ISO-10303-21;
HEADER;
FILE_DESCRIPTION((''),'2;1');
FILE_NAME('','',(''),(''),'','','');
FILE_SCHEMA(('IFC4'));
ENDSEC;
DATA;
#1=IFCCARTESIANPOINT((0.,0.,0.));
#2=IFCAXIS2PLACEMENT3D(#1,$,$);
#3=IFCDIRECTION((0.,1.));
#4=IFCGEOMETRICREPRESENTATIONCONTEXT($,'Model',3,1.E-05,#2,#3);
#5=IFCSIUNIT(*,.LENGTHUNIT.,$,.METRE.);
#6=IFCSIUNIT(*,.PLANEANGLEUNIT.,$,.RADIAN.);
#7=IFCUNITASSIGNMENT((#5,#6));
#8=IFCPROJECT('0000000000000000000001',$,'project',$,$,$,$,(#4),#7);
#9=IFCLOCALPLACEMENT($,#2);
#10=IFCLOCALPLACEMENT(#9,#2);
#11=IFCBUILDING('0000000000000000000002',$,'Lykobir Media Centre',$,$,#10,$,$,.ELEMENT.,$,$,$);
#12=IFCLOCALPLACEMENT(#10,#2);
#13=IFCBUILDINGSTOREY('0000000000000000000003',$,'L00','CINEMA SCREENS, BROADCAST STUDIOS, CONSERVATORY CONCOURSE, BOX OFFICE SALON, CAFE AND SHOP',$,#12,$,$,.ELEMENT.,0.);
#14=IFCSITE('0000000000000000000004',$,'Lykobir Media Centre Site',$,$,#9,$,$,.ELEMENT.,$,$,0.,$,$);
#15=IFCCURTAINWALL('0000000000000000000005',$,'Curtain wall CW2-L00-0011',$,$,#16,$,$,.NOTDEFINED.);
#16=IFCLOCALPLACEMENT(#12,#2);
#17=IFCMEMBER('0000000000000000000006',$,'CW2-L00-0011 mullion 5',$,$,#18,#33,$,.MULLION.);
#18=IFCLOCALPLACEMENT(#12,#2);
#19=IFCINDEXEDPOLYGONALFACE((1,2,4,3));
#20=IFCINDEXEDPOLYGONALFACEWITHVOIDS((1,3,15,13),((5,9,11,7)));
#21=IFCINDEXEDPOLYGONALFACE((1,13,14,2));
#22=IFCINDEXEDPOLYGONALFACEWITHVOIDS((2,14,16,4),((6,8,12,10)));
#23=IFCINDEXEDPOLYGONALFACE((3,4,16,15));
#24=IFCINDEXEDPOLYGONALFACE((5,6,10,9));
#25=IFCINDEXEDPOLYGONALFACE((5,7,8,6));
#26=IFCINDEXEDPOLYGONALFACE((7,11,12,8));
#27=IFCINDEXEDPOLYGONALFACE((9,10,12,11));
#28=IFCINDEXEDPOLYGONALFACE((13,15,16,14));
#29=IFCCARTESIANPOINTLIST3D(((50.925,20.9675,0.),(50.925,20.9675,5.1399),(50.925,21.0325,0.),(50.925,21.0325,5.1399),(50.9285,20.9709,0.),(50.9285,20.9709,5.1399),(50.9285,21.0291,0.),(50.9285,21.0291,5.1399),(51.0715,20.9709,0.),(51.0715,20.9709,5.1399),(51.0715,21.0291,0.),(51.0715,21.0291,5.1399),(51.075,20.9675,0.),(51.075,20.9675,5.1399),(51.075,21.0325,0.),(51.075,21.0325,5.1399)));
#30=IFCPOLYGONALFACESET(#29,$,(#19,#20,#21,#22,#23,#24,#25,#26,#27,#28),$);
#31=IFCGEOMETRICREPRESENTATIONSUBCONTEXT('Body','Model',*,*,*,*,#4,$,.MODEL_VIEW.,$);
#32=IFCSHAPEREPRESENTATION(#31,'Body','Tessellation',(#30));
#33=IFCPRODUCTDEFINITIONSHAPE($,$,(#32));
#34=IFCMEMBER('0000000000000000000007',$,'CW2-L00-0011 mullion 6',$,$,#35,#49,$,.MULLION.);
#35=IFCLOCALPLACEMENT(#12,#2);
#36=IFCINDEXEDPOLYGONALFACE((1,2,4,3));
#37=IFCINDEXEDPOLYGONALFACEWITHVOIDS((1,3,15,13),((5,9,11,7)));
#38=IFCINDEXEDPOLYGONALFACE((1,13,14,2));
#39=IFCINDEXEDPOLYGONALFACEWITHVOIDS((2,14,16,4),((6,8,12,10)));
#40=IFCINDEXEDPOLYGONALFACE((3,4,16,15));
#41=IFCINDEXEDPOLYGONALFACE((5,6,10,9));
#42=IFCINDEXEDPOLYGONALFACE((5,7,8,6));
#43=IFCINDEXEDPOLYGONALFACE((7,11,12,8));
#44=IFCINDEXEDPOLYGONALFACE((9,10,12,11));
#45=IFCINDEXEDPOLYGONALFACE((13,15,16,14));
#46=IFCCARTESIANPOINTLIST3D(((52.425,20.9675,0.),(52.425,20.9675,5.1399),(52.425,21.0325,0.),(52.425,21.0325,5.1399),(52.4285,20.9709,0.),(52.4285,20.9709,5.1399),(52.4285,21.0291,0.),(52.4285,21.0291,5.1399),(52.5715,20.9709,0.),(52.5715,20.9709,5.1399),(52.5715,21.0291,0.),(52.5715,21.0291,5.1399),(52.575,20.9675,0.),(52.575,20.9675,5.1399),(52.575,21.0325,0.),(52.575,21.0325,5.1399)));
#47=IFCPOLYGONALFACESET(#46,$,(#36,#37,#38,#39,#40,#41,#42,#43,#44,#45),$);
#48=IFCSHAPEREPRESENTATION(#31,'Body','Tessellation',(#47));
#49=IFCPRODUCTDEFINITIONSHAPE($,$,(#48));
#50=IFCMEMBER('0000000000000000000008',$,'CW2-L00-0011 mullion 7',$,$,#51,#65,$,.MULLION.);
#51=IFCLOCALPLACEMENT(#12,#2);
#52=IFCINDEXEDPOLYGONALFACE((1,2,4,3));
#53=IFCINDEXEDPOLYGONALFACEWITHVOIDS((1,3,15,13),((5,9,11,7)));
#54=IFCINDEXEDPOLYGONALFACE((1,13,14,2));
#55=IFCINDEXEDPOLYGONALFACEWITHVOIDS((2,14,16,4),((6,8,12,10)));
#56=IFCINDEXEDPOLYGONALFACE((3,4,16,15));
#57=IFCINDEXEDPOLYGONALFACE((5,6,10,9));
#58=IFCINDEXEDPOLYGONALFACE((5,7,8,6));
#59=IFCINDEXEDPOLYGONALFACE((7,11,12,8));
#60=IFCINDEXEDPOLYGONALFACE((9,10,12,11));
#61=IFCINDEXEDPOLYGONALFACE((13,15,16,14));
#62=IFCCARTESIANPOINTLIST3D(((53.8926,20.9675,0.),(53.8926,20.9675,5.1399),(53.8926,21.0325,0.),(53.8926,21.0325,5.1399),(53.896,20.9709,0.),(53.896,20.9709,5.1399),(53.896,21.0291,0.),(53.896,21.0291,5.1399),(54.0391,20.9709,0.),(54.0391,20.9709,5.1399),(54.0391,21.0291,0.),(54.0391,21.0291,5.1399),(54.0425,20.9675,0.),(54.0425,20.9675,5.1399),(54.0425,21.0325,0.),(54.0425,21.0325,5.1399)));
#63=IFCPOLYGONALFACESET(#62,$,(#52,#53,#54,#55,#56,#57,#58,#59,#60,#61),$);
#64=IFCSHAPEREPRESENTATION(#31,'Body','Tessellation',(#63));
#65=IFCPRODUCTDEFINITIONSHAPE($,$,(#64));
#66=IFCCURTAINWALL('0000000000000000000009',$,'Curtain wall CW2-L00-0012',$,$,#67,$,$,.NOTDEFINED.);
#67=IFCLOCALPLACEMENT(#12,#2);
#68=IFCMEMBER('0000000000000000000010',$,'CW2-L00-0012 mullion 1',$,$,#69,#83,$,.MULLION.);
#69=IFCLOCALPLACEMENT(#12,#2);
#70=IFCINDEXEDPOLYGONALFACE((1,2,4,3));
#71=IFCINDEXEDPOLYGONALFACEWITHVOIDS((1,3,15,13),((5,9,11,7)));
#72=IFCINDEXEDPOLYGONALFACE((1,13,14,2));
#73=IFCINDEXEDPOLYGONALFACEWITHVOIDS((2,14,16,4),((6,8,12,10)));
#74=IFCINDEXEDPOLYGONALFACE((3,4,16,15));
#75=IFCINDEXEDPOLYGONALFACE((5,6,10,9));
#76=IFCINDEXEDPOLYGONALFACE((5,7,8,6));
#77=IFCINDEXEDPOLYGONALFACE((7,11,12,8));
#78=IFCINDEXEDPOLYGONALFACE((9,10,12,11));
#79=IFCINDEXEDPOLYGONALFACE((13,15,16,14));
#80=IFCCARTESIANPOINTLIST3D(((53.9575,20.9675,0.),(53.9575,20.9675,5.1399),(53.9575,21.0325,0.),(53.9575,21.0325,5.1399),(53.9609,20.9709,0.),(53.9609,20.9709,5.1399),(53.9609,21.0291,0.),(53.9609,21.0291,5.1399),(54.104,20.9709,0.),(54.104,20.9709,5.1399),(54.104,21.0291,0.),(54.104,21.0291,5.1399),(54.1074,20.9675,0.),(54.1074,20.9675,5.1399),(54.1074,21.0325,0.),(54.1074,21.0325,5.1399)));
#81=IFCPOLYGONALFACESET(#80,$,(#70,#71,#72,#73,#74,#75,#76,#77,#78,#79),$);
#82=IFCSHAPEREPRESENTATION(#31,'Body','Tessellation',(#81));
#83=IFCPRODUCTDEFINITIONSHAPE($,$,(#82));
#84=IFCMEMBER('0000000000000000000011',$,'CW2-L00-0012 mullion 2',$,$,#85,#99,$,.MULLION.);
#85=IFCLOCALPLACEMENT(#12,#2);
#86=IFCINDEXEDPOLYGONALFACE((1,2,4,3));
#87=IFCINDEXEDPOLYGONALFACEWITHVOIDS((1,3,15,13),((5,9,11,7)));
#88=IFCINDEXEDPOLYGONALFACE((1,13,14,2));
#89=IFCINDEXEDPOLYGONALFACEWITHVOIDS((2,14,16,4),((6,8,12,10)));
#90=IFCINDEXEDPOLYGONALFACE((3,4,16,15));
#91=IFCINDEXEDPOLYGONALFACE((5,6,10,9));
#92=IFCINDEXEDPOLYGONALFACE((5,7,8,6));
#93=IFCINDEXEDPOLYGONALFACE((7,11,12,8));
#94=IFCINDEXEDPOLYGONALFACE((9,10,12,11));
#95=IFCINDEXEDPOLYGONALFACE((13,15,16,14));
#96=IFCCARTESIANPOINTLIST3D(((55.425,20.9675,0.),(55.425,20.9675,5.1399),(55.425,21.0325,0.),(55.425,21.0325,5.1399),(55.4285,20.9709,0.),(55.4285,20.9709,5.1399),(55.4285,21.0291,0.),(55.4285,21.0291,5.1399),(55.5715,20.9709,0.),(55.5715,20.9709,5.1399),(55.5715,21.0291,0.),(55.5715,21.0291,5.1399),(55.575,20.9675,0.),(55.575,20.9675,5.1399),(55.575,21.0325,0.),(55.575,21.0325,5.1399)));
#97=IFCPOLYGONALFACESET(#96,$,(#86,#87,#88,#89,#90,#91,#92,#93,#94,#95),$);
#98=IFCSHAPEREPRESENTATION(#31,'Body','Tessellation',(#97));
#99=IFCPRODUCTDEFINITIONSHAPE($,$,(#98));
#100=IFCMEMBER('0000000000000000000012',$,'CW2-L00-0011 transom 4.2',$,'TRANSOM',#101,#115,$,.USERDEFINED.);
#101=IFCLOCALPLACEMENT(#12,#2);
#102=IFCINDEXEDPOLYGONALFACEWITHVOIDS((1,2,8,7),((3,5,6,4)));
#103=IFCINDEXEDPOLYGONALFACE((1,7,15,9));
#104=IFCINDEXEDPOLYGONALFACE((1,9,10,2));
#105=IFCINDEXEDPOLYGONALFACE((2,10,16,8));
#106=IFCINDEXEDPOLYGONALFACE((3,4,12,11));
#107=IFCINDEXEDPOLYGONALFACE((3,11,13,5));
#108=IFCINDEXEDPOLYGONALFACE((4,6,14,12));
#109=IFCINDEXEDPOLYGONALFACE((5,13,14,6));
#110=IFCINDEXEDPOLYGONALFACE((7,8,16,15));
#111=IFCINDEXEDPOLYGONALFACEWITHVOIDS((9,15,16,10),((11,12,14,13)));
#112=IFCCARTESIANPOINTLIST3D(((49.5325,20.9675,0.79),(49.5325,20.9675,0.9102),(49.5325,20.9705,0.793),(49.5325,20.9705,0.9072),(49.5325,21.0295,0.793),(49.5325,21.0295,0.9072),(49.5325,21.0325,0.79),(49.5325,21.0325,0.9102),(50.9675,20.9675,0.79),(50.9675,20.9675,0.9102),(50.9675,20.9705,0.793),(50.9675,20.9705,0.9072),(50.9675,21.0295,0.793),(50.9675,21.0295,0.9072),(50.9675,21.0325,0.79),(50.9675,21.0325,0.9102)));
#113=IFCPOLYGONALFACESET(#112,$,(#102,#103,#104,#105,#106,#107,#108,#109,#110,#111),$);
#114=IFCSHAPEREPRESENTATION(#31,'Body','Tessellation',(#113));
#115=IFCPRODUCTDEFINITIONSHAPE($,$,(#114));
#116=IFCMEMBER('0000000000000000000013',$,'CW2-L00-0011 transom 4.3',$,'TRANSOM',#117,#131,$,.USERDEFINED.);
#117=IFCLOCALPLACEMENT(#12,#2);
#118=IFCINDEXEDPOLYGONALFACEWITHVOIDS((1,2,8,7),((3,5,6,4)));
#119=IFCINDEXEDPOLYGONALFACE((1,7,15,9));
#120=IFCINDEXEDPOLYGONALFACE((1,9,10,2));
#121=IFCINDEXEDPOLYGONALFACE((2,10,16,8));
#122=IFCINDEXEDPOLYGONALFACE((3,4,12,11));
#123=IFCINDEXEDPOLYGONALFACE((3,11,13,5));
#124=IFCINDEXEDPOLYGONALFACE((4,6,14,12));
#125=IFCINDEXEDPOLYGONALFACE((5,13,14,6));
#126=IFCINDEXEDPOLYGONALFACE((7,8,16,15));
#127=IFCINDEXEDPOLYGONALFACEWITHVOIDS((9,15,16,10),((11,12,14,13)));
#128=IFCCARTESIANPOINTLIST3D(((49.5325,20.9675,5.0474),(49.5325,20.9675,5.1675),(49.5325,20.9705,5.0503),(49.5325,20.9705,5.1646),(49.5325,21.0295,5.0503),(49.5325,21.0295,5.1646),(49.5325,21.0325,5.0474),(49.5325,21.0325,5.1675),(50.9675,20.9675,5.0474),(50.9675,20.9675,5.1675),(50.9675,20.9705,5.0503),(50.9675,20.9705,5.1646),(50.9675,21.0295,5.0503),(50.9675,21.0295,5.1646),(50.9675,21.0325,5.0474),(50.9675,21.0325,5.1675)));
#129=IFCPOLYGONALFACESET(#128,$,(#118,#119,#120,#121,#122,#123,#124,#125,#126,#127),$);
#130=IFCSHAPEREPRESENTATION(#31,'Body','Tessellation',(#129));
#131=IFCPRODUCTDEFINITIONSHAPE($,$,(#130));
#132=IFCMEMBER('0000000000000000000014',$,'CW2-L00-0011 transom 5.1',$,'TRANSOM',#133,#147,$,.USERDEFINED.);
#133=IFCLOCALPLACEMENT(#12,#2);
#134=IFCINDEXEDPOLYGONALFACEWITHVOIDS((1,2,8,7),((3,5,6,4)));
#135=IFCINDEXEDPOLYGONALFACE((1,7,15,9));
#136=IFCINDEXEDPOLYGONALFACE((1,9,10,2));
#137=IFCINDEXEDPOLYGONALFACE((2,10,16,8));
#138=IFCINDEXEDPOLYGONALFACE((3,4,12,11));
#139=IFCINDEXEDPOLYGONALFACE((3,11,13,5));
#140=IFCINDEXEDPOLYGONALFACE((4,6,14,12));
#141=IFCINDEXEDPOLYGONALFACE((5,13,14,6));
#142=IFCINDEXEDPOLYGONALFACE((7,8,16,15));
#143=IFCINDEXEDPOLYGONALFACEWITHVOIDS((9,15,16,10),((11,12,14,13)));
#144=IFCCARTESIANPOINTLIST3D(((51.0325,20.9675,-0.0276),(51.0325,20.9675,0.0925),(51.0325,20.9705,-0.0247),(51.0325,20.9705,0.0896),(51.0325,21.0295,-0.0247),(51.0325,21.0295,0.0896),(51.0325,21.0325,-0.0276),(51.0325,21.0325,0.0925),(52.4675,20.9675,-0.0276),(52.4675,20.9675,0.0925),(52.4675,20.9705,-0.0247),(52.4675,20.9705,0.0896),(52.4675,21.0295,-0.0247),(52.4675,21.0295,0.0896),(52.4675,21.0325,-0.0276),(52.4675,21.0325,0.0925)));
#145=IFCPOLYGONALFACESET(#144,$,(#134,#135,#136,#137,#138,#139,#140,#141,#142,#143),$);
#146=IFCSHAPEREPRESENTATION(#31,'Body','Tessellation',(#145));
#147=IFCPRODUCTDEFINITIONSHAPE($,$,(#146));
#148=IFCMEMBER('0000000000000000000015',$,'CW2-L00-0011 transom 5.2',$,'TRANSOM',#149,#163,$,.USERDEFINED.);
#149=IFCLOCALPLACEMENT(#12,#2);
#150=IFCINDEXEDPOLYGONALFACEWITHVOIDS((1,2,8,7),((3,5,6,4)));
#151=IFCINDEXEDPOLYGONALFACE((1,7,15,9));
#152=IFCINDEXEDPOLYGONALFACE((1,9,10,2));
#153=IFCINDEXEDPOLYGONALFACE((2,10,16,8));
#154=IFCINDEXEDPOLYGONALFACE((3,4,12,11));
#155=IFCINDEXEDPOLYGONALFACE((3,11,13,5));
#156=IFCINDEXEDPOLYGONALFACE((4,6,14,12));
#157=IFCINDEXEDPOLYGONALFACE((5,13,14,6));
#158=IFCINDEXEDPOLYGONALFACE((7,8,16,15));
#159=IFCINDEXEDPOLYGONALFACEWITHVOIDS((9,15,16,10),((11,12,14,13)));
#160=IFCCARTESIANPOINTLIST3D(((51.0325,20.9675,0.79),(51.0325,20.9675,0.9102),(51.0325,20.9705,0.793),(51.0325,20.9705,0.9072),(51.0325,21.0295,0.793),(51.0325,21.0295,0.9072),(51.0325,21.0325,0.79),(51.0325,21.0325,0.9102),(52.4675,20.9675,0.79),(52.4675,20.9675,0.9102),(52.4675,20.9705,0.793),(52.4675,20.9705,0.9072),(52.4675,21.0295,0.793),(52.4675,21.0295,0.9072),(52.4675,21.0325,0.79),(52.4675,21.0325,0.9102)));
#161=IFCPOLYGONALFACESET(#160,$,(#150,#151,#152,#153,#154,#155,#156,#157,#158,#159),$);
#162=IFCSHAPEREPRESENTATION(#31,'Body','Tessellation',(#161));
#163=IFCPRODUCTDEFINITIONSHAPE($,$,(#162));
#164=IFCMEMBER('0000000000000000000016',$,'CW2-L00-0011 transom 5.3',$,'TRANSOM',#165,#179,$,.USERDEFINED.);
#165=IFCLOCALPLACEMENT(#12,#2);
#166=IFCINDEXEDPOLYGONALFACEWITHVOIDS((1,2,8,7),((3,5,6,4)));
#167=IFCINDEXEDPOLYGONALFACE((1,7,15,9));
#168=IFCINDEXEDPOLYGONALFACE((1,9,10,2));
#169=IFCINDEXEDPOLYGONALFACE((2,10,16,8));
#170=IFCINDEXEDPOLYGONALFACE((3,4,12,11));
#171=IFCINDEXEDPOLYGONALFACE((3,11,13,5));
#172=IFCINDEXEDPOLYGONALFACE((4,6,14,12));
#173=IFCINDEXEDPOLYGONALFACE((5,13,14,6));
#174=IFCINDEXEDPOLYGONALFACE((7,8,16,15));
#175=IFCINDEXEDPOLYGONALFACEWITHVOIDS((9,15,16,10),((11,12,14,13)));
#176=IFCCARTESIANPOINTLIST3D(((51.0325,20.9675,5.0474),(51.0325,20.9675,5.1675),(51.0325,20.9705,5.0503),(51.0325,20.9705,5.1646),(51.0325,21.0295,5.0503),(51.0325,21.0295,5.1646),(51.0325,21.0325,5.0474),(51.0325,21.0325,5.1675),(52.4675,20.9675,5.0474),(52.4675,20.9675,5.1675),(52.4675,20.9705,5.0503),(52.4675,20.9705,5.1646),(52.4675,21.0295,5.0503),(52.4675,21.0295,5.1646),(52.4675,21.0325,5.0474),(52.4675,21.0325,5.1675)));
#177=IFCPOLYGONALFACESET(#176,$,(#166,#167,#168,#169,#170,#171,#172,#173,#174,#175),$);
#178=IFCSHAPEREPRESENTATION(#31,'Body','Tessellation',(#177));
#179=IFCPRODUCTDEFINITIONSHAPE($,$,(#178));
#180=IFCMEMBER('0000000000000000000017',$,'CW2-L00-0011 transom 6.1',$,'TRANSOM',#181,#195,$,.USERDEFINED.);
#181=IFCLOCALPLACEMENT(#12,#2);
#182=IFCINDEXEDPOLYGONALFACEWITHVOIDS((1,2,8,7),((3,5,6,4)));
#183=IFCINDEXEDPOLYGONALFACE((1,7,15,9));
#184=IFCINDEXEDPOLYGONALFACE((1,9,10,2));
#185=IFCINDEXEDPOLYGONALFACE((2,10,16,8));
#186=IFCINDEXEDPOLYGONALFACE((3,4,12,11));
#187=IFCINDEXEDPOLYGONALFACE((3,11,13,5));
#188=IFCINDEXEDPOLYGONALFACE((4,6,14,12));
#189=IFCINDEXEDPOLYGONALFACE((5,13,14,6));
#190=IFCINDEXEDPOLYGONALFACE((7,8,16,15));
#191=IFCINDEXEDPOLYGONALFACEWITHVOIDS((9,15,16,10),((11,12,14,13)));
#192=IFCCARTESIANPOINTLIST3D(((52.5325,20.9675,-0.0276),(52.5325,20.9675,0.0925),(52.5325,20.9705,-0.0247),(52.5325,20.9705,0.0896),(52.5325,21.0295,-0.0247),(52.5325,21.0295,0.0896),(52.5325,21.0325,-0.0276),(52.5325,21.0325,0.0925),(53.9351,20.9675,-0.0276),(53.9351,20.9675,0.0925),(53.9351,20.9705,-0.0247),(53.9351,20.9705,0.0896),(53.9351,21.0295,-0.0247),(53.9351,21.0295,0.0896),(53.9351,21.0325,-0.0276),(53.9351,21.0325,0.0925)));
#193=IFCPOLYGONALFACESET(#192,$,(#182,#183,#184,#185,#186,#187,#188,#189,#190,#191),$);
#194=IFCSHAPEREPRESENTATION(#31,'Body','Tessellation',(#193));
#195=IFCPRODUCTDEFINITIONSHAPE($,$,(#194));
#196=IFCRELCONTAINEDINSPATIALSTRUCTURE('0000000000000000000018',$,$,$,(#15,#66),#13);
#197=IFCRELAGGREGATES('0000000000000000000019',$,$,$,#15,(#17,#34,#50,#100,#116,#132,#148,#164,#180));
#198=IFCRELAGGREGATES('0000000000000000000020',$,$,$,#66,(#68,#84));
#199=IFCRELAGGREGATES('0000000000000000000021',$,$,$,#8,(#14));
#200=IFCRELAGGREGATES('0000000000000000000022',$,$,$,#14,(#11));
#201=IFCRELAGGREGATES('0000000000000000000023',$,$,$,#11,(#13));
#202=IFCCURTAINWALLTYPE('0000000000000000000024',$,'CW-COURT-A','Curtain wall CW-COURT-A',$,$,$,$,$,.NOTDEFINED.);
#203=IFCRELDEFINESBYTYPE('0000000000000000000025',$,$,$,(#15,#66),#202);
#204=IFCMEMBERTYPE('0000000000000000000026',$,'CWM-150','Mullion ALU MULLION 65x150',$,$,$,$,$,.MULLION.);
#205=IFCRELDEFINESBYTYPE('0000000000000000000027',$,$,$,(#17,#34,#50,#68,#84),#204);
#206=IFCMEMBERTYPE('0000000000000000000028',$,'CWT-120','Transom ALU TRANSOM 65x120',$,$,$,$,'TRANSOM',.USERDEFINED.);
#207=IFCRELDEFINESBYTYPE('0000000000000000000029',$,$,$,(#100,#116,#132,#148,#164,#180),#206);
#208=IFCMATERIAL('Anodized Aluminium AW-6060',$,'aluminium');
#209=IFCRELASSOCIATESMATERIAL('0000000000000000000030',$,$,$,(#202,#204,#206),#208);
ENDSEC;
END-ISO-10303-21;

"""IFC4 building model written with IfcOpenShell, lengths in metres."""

from ifc_helpers import new_model, si_unit, direction, frame, origin, origin_2d, place, context, subcontext, project, spatial, hollow_rectangle, extrude, material, material_profile, profile_set, type_object, element, aggregate, save


model = new_model("IFC4")

# Units and contexts
model_context = context("Model", 3, precision=1e-05, world=origin(), true_north=direction((0.0, 1.0)))
body_context = subcontext(model_context, "Body", "Model", "MODEL_VIEW")
ifc_project = project(units=[si_unit("LENGTHUNIT", "METRE"), si_unit("PLANEANGLEUNIT", "RADIAN")], contexts=[model_context])

# Site, building, storey
site_placement = place(None, origin())
site = spatial("IfcSite", under=ifc_project, at=site_placement, Name="Lykobir Media Centre Site", CompositionType="ELEMENT", RefElevation=0.0)
building_placement = place(site_placement, origin())
building = spatial("IfcBuilding", under=site, at=building_placement, Name="Lykobir Media Centre", CompositionType="ELEMENT")
storey_placement = place(building_placement, origin())
storey = spatial("IfcBuildingStorey", under=building, at=storey_placement, Name="L00", Description="CINEMA SCREENS, BROADCAST STUDIOS, CONSERVATORY CONCOURSE, BOX OFFICE SALON, CAFE AND SHOP", CompositionType="ELEMENT", Elevation=0.0)

# Curtain walls, members
ifc_material_1 = material(Name="Anodized Aluminium AW-6060", Category="aluminium")
curtain_wall_type = type_object("IfcCurtainWallType", Name="CW-COURT-A", Description="Curtain wall CW-COURT-A", PredefinedType="NOTDEFINED", material=ifc_material_1)
curtain_wall_1_placement = place(storey_placement, origin())
curtain_wall_1 = element("IfcCurtainWall", 1, at=curtain_wall_1_placement, inside=storey, type_object=curtain_wall_type, Name="Curtain wall CW2-L00-0011", PredefinedType="NOTDEFINED")
ifc_material_profile_1 = material_profile(ifc_material_1, hollow_rectangle(XDim=0.0649, YDim=0.1499, WallThickness=0.0034, at=origin_2d()), Name="ALU MULLION 65x150")
ifc_profile_set_1 = profile_set([ifc_material_profile_1], Name="Anodized Aluminium AW-6060")
member_type_1 = type_object("IfcMemberType", Name="CWM-150", Description="Mullion ALU MULLION 65x150", PredefinedType="MULLION", material=ifc_profile_set_1)
member_1_placement = place(storey_placement, frame((51.0, 21.0, 0.0), z_axis=(0.0, 0.0, 1.0), x_axis=(0.0, 1.0, 0.0)))
member_1 = element("IfcMember", 2, at=member_1_placement, type_object=member_type_1, Name="CW2-L00-0011 mullion 5", PredefinedType="MULLION", context=body_context, shape_type="SweptSolid", body=[
    extrude(hollow_rectangle(XDim=0.0649, YDim=0.1499, WallThickness=0.0034, at=origin_2d()), origin(), (0.0, 0.0, 1.0), 5.1399),
])
member_2_placement = place(storey_placement, frame((52.5, 21.0, 0.0), z_axis=(0.0, 0.0, 1.0), x_axis=(0.0, 1.0, 0.0)))
member_2 = element("IfcMember", 3, at=member_2_placement, type_object=member_type_1, Name="CW2-L00-0011 mullion 6", PredefinedType="MULLION", context=body_context, shape_type="SweptSolid", body=[
    extrude(hollow_rectangle(XDim=0.0649, YDim=0.1499, WallThickness=0.0034, at=origin_2d()), origin(), (0.0, 0.0, 1.0), 5.1399),
])
member_3_placement = place(storey_placement, frame((53.9675, 21.0, 0.0), z_axis=(0.0, 0.0, 1.0), x_axis=(0.0, 1.0, 0.0)))
member_3 = element("IfcMember", 4, at=member_3_placement, type_object=member_type_1, Name="CW2-L00-0011 mullion 7", PredefinedType="MULLION", context=body_context, shape_type="SweptSolid", body=[
    extrude(hollow_rectangle(XDim=0.0649, YDim=0.1499, WallThickness=0.0034, at=origin_2d()), origin(), (0.0, 0.0, 1.0), 5.1399),
])
curtain_wall_2_placement = place(storey_placement, origin())
curtain_wall_2 = element("IfcCurtainWall", 5, at=curtain_wall_2_placement, inside=storey, type_object=curtain_wall_type, Name="Curtain wall CW2-L00-0012", PredefinedType="NOTDEFINED")
member_4_placement = place(storey_placement, frame((54.0325, 21.0, 0.0), z_axis=(0.0, 0.0, 1.0), x_axis=(0.0, 1.0, 0.0)))
member_4 = element("IfcMember", 6, at=member_4_placement, type_object=member_type_1, Name="CW2-L00-0012 mullion 1", PredefinedType="MULLION", context=body_context, shape_type="SweptSolid", body=[
    extrude(hollow_rectangle(XDim=0.0649, YDim=0.1499, WallThickness=0.0034, at=origin_2d()), origin(), (0.0, 0.0, 1.0), 5.1399),
])
member_5_placement = place(storey_placement, frame((55.5, 21.0, 0.0), z_axis=(0.0, 0.0, 1.0), x_axis=(0.0, 1.0, 0.0)))
member_5 = element("IfcMember", 7, at=member_5_placement, type_object=member_type_1, Name="CW2-L00-0012 mullion 2", PredefinedType="MULLION", context=body_context, shape_type="SweptSolid", body=[
    extrude(hollow_rectangle(XDim=0.0649, YDim=0.1499, WallThickness=0.0034, at=origin_2d()), origin(), (0.0, 0.0, 1.0), 5.1399),
])

# Members
ifc_material_profile_2 = material_profile(ifc_material_1, hollow_rectangle(XDim=0.0649, YDim=0.1201, WallThickness=0.0029, at=origin_2d()), Name="ALU TRANSOM 65x120")
ifc_profile_set_2 = profile_set([ifc_material_profile_2], Name="Anodized Aluminium AW-6060")
member_type_2 = type_object("IfcMemberType", Name="CWT-120", Description="Transom ALU TRANSOM 65x120", ElementType="TRANSOM", PredefinedType="USERDEFINED", material=ifc_profile_set_2)
member_6_placement = place(storey_placement, frame((49.5325, 21.0, 0.8501), z_axis=(1.0, 0.0, 0.0), x_axis=(0.0, 1.0, 0.0)))
member_6 = element("IfcMember", 8, at=member_6_placement, type_object=member_type_2, Name="CW2-L00-0011 transom 4.2", ObjectType="TRANSOM", PredefinedType="USERDEFINED", context=body_context, shape_type="SweptSolid", body=[
    extrude(hollow_rectangle(XDim=0.0649, YDim=0.1201, WallThickness=0.0029, at=origin_2d()), origin(), (0.0, 0.0, 1.0), 1.4351),
])
member_7_placement = place(storey_placement, frame((49.5325, 21.0, 5.1074), z_axis=(1.0, 0.0, 0.0), x_axis=(0.0, 1.0, 0.0)))
member_7 = element("IfcMember", 9, at=member_7_placement, type_object=member_type_2, Name="CW2-L00-0011 transom 4.3", ObjectType="TRANSOM", PredefinedType="USERDEFINED", context=body_context, shape_type="SweptSolid", body=[
    extrude(hollow_rectangle(XDim=0.0649, YDim=0.1201, WallThickness=0.0029, at=origin_2d()), origin(), (0.0, 0.0, 1.0), 1.4351),
])
member_8_placement = place(storey_placement, frame((51.0325, 21.0, 0.0325), z_axis=(1.0, 0.0, 0.0), x_axis=(0.0, 1.0, 0.0)))
member_8 = element("IfcMember", 10, at=member_8_placement, type_object=member_type_2, Name="CW2-L00-0011 transom 5.1", ObjectType="TRANSOM", PredefinedType="USERDEFINED", context=body_context, shape_type="SweptSolid", body=[
    extrude(hollow_rectangle(XDim=0.0649, YDim=0.1201, WallThickness=0.0029, at=origin_2d()), origin(), (0.0, 0.0, 1.0), 1.4351),
])
member_9_placement = place(storey_placement, frame((51.0325, 21.0, 0.8501), z_axis=(1.0, 0.0, 0.0), x_axis=(0.0, 1.0, 0.0)))
member_9 = element("IfcMember", 11, at=member_9_placement, type_object=member_type_2, Name="CW2-L00-0011 transom 5.2", ObjectType="TRANSOM", PredefinedType="USERDEFINED", context=body_context, shape_type="SweptSolid", body=[
    extrude(hollow_rectangle(XDim=0.0649, YDim=0.1201, WallThickness=0.0029, at=origin_2d()), origin(), (0.0, 0.0, 1.0), 1.4351),
])
member_10_placement = place(storey_placement, frame((51.0325, 21.0, 5.1074), z_axis=(1.0, 0.0, 0.0), x_axis=(0.0, 1.0, 0.0)))
member_10 = element("IfcMember", 12, at=member_10_placement, type_object=member_type_2, Name="CW2-L00-0011 transom 5.3", ObjectType="TRANSOM", PredefinedType="USERDEFINED", context=body_context, shape_type="SweptSolid", body=[
    extrude(hollow_rectangle(XDim=0.0649, YDim=0.1201, WallThickness=0.0029, at=origin_2d()), origin(), (0.0, 0.0, 1.0), 1.4351),
])
member_11_placement = place(storey_placement, frame((52.5325, 21.0, 0.0325), z_axis=(1.0, 0.0, 0.0), x_axis=(0.0, 1.0, 0.0)))
member_11 = element("IfcMember", 13, at=member_11_placement, type_object=member_type_2, Name="CW2-L00-0011 transom 6.1", ObjectType="TRANSOM", PredefinedType="USERDEFINED", context=body_context, shape_type="SweptSolid", body=[
    extrude(hollow_rectangle(XDim=0.0649, YDim=0.1201, WallThickness=0.0029, at=origin_2d()), origin(), (0.0, 0.0, 1.0), 1.4026),
])

aggregate(curtain_wall_1, [member_1, member_2, member_3, member_6, member_7, member_8, member_9, member_10, member_11])
aggregate(curtain_wall_2, [member_4, member_5])

save(model, "model.ifc")
